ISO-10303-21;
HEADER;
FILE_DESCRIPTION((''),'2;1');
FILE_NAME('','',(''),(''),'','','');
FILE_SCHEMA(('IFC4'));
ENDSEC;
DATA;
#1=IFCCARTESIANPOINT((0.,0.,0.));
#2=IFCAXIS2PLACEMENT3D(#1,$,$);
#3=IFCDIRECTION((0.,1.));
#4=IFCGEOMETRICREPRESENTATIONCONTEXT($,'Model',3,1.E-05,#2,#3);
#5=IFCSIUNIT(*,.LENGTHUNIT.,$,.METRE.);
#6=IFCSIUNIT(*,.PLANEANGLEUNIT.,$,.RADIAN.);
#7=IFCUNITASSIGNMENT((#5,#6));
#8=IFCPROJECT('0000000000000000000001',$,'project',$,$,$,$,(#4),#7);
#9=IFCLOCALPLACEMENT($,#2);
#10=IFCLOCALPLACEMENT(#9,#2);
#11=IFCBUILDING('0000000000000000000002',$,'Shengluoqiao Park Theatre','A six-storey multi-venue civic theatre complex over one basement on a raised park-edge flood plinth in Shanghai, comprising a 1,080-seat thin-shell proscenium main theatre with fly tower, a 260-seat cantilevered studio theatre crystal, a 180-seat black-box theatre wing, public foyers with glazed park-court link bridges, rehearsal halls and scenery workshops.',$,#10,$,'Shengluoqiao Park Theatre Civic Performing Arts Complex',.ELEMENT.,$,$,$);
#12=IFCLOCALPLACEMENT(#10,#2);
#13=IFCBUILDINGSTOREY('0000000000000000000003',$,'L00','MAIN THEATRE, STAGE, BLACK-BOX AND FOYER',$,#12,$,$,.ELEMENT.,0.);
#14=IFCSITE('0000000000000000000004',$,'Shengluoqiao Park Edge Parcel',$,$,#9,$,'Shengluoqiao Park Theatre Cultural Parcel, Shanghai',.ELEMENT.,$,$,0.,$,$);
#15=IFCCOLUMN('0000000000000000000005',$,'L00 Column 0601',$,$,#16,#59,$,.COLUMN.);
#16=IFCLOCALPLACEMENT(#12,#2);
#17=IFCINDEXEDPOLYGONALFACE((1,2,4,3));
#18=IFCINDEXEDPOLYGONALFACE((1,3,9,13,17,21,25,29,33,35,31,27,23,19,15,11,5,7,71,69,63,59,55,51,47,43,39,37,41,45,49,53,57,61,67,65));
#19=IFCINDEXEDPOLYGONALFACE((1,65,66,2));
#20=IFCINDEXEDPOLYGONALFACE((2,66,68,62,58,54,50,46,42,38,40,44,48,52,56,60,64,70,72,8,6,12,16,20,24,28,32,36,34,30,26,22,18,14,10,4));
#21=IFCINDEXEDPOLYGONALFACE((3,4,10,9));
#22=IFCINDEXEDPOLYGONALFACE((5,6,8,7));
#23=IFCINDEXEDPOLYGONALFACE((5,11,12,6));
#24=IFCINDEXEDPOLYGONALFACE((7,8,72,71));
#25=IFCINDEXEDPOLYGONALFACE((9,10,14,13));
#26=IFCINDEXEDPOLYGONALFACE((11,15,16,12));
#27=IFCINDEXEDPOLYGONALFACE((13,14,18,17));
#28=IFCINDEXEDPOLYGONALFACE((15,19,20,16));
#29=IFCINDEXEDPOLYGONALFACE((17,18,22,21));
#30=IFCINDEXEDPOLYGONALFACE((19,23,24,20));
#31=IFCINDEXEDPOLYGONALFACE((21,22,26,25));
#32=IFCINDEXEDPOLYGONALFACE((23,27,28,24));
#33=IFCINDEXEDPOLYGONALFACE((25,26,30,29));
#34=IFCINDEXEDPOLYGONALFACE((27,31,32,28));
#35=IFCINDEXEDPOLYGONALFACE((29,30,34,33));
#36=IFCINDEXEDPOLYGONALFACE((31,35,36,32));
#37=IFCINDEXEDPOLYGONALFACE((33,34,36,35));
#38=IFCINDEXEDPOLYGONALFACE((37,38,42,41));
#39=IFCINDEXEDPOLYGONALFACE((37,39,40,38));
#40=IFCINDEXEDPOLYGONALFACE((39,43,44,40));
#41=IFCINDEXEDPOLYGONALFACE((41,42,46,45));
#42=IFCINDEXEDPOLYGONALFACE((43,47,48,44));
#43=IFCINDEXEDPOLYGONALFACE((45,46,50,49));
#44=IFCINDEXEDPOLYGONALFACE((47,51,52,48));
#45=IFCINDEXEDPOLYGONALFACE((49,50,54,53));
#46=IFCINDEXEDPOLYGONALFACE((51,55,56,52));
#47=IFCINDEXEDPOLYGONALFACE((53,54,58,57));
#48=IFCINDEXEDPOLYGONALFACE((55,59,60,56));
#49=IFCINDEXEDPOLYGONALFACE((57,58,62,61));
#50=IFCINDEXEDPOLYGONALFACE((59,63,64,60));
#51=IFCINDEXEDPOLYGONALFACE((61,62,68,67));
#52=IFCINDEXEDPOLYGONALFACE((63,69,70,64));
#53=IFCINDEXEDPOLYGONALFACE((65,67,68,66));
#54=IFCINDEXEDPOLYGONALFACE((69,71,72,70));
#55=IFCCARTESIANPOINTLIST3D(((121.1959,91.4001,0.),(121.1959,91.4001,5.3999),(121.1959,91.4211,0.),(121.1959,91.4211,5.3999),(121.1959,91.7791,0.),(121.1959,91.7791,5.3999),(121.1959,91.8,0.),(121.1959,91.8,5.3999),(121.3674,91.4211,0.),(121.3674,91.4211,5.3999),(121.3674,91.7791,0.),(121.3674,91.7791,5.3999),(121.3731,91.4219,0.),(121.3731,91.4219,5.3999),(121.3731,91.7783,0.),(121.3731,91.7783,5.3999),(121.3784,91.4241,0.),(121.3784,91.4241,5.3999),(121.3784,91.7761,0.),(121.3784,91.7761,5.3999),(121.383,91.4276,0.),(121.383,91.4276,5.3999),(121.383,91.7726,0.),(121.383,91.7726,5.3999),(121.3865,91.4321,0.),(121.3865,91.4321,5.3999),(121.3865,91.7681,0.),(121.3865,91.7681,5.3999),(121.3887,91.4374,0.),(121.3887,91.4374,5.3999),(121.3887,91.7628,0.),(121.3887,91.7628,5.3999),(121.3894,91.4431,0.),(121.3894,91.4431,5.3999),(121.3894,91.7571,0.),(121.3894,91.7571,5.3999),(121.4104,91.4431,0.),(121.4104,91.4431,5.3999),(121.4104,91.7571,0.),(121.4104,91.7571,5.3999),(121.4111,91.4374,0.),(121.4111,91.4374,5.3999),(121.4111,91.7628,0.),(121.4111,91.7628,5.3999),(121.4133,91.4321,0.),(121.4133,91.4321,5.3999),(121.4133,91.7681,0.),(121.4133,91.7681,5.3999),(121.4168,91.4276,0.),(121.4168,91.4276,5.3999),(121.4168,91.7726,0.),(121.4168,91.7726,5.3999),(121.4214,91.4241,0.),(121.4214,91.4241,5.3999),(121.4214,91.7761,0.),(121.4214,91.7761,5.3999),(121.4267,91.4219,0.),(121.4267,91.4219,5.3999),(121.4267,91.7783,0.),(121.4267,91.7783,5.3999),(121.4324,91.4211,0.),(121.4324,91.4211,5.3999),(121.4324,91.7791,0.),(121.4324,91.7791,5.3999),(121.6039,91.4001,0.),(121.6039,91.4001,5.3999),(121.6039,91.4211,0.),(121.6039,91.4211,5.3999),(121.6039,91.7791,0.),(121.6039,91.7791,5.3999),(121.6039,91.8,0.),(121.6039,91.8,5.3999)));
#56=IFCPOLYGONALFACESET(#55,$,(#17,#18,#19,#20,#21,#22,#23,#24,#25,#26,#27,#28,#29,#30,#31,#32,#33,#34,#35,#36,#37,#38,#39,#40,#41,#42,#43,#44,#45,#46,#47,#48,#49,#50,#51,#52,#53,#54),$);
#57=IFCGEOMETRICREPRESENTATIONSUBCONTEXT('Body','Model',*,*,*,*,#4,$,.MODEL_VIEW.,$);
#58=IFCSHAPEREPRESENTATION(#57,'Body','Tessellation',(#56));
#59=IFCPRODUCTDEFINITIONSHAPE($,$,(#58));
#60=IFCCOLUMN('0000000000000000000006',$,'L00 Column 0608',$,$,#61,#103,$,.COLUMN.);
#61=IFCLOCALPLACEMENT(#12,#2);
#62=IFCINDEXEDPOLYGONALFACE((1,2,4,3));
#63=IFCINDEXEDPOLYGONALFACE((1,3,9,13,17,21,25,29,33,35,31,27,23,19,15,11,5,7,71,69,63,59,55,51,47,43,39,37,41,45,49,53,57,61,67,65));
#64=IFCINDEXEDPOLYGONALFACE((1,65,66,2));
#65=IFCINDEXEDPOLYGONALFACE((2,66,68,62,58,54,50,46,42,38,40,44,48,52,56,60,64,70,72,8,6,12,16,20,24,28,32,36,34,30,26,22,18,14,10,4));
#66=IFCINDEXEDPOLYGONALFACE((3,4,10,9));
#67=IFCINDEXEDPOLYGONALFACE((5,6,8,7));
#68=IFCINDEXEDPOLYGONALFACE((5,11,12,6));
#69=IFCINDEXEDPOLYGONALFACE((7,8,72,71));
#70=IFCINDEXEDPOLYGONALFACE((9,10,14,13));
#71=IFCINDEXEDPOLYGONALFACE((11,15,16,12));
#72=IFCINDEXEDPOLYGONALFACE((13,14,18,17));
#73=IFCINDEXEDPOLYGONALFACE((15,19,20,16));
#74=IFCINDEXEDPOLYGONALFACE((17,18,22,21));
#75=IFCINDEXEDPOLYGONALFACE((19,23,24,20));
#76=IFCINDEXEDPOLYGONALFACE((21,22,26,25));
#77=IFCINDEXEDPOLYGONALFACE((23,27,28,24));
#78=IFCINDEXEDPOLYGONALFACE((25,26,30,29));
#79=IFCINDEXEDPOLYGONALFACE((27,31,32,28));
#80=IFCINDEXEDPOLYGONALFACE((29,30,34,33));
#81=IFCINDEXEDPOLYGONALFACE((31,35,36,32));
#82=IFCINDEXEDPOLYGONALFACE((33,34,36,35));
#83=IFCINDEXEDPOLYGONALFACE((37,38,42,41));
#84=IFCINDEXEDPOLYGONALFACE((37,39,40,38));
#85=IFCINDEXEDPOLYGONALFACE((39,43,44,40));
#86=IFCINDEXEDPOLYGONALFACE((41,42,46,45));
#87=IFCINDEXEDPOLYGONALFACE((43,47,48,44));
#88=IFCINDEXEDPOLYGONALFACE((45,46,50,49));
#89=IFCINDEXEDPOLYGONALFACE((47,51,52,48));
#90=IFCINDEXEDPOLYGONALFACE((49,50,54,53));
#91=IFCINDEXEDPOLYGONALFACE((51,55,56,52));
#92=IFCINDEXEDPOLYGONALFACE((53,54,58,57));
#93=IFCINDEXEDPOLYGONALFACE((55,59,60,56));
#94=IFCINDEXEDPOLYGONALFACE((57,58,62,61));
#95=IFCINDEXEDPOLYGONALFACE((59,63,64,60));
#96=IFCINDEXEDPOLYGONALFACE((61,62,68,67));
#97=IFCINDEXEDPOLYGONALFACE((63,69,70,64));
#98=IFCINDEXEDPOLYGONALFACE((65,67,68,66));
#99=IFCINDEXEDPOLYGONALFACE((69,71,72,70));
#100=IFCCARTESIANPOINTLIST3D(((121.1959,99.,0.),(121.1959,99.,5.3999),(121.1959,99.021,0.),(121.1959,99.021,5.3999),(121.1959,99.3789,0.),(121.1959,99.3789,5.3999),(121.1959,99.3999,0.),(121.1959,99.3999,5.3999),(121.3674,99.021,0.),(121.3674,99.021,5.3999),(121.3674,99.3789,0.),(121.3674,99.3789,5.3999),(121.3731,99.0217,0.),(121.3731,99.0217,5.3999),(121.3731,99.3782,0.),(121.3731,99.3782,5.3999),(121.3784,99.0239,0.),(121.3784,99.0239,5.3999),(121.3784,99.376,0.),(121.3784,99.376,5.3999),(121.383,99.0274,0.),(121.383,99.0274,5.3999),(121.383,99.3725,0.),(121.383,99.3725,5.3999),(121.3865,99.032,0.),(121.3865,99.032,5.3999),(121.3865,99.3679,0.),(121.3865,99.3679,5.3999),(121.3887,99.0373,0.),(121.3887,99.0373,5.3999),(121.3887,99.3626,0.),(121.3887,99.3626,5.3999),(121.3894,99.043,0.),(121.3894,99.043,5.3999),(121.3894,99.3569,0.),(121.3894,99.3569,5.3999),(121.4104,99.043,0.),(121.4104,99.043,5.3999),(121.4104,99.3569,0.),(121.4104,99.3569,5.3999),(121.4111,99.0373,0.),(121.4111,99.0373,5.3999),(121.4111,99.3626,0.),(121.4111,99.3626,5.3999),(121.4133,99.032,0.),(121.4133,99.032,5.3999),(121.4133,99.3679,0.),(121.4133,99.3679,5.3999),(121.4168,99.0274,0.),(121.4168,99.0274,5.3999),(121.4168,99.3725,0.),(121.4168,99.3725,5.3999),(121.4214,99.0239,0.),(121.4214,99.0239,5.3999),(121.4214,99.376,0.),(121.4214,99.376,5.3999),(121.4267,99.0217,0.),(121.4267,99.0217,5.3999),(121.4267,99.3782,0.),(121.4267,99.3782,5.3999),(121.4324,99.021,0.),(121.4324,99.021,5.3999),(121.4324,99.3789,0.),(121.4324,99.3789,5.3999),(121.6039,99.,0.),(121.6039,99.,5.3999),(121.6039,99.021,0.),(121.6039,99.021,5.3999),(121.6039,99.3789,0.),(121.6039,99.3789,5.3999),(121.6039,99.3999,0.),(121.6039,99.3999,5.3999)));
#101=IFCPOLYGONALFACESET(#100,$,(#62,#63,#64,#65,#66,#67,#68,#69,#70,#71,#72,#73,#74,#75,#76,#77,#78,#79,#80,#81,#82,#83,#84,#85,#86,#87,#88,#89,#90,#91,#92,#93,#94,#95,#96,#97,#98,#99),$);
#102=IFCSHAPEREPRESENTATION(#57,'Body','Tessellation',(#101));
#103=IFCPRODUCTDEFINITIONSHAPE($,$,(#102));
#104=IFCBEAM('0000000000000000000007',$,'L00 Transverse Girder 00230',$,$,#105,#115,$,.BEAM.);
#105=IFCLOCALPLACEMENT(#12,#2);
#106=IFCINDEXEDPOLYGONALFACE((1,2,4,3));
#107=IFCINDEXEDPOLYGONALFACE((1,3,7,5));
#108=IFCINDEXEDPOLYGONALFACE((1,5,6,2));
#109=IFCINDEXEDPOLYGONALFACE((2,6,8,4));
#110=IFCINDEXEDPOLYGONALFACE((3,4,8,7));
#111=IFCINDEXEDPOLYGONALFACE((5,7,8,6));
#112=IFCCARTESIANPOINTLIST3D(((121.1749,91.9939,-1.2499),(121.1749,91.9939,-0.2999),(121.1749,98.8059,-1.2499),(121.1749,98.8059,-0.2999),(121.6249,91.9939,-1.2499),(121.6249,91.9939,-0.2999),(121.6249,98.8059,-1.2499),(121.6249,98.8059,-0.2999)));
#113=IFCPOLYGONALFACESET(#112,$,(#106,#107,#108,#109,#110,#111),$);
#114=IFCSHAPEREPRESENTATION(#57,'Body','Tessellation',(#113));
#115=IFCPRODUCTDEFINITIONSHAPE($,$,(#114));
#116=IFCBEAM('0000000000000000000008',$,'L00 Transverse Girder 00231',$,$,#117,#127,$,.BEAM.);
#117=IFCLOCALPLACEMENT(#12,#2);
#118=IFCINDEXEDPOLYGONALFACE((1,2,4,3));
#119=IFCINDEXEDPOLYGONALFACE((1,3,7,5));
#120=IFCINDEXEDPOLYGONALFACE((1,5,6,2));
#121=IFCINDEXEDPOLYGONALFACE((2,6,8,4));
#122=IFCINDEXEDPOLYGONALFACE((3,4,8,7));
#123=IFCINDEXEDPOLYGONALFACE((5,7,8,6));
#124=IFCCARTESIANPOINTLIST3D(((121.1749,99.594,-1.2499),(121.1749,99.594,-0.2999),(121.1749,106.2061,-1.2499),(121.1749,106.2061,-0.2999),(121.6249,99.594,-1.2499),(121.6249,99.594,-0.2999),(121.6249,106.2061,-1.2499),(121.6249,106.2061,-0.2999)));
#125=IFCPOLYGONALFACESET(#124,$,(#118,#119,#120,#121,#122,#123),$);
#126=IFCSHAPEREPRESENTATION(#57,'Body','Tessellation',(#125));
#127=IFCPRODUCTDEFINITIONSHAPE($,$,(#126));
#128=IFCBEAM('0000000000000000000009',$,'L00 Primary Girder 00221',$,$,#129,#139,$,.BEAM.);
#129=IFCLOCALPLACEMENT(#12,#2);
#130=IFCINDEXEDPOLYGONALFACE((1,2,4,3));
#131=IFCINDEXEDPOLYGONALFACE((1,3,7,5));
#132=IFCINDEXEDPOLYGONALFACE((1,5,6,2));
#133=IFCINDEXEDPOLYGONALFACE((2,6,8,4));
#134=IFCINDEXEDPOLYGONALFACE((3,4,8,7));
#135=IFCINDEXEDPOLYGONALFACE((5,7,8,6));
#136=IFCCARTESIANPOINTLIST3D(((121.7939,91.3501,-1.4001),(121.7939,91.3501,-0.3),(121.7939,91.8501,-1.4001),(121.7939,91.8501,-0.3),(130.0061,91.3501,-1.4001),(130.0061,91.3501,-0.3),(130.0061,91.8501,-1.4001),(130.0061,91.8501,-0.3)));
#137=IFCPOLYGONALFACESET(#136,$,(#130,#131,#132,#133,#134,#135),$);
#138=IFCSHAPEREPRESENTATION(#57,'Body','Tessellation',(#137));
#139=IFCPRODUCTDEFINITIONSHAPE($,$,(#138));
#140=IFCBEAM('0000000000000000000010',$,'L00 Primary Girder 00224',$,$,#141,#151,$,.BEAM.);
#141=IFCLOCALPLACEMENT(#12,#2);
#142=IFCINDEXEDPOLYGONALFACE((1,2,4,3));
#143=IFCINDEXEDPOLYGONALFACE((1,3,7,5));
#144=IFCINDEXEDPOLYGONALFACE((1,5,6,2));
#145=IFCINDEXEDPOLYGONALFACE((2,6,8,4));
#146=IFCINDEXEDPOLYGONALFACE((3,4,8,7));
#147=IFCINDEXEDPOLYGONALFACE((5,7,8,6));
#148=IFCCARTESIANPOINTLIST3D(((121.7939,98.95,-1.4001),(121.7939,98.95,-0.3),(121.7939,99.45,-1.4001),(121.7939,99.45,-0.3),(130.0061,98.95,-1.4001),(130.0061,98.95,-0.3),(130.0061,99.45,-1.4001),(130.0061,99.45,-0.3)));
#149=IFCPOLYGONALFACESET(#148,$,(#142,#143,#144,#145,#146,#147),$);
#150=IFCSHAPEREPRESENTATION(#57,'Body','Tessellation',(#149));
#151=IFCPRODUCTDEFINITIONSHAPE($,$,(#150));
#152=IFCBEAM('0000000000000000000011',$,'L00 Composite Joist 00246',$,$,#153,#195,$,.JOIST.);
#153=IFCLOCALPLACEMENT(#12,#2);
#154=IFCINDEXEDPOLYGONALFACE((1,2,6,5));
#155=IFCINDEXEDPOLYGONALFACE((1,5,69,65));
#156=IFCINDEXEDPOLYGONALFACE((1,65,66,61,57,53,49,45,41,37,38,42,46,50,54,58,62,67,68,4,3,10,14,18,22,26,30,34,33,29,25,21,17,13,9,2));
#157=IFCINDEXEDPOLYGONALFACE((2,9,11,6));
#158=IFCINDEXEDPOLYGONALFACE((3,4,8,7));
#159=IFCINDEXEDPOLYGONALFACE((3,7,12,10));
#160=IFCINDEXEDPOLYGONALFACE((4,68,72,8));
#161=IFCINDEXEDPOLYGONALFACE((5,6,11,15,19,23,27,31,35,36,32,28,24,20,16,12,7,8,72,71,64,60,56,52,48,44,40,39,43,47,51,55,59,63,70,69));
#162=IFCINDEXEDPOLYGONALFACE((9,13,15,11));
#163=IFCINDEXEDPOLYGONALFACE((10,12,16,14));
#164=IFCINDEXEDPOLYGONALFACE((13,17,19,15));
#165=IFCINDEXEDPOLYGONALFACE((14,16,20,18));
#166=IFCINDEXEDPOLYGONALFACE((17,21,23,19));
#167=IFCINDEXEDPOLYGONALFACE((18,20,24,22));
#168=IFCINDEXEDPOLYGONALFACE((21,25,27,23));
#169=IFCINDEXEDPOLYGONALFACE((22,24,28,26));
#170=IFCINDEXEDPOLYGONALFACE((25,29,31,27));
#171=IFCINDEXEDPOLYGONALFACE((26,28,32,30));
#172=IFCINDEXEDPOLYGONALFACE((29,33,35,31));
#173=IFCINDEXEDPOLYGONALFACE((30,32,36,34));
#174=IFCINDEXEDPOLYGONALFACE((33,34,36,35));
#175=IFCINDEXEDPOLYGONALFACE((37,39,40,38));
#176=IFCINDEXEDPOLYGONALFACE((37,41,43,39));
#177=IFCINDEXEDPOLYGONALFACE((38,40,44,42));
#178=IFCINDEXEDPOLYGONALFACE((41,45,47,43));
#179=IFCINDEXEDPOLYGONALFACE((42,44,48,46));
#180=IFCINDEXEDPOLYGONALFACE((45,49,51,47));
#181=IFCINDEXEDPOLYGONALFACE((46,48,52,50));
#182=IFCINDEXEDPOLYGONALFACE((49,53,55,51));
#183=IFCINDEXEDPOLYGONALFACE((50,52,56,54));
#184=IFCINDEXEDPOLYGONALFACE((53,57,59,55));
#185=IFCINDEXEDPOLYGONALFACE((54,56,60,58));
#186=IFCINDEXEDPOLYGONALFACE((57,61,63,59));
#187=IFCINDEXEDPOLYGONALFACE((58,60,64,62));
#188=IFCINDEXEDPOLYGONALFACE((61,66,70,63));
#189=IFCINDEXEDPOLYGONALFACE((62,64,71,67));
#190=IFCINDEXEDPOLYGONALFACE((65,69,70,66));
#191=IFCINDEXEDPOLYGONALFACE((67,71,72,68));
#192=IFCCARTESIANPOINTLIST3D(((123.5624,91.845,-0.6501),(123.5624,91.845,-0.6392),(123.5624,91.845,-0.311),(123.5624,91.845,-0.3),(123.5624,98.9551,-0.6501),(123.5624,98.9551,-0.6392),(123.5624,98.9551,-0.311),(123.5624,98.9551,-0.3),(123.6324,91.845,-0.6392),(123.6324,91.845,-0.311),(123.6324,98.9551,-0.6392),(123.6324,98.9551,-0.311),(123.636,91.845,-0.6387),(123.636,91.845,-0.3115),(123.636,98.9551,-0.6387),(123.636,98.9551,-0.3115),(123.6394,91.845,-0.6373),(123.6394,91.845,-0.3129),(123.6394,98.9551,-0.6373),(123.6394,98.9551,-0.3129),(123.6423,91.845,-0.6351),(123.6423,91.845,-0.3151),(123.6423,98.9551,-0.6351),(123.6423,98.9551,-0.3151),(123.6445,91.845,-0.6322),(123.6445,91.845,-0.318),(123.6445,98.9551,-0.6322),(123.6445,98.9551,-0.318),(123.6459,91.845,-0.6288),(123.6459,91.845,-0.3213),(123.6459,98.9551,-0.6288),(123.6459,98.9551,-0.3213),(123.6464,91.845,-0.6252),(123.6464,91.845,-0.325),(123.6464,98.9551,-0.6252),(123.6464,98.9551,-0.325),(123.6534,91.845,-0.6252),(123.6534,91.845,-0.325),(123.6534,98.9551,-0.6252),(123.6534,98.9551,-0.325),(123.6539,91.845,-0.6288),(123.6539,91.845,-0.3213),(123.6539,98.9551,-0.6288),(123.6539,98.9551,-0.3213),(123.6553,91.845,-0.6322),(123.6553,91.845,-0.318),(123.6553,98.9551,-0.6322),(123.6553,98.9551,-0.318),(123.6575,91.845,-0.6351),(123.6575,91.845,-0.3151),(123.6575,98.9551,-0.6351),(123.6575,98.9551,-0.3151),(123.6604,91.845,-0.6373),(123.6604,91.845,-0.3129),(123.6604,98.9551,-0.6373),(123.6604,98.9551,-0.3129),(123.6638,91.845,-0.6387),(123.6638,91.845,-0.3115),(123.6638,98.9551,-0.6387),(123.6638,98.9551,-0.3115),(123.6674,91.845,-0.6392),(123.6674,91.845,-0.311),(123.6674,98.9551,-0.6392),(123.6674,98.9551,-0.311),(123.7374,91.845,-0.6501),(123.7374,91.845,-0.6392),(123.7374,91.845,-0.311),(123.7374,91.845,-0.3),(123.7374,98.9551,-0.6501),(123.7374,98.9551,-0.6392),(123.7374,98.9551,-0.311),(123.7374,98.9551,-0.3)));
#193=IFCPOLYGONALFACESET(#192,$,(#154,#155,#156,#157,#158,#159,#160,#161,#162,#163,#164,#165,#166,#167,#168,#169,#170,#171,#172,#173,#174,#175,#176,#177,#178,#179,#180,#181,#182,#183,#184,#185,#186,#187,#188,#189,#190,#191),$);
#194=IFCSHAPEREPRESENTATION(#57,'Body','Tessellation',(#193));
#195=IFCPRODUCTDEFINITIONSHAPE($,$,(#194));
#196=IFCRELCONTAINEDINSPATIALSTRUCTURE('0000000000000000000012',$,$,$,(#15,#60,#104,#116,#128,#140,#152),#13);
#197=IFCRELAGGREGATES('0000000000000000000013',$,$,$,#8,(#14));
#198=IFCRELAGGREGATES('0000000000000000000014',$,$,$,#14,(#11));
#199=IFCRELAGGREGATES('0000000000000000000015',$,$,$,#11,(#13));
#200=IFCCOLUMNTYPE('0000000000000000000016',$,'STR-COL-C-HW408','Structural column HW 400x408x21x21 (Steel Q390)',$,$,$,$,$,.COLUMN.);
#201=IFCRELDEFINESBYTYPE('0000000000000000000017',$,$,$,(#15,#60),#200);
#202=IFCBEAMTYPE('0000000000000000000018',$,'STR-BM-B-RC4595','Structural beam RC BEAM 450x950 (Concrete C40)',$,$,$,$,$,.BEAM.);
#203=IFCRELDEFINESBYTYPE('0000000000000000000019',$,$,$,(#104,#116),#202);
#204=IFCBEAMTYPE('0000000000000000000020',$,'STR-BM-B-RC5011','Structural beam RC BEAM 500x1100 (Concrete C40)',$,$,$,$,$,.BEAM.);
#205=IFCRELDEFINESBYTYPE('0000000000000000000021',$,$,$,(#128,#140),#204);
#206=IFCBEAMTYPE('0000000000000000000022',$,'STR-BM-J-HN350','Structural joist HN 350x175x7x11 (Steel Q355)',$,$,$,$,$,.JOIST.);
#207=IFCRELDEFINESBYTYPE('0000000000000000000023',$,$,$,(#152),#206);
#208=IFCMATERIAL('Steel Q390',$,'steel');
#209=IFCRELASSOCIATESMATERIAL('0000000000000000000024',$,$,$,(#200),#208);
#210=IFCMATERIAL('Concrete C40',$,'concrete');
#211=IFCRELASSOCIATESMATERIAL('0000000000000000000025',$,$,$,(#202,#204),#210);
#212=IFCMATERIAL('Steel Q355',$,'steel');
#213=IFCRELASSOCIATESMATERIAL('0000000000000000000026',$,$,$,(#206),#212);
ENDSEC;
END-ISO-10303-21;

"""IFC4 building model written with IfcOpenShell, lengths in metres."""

from ifc_helpers import new_model, si_unit, direction, frame, origin, origin_2d, place, context, subcontext, project, spatial, rectangle, i_section, extrude, material, material_profile, profile_set, type_object, element, save


model = new_model("IFC4")

# Units and contexts
model_context = context("Model", 3, precision=1e-05, world=origin(), true_north=direction((0.0, 1.0)))
body_context = subcontext(model_context, "Body", "Model", "MODEL_VIEW")
ifc_project = project(units=[si_unit("LENGTHUNIT", "METRE"), si_unit("PLANEANGLEUNIT", "RADIAN")], contexts=[model_context])

# Site, building, storey
site_placement = place(None, origin())
site = spatial("IfcSite", under=ifc_project, at=site_placement, Name="Shengluoqiao Park Edge Parcel", LongName="Shengluoqiao Park Theatre Cultural Parcel, Shanghai", CompositionType="ELEMENT", RefElevation=0.0)
building_placement = place(site_placement, origin())
building = spatial("IfcBuilding", under=site, at=building_placement, Name="Shengluoqiao Park Theatre", Description="A six-storey multi-venue civic theatre complex over one basement on a raised park-edge flood plinth in Shanghai, comprising a 1,080-seat thin-shell proscenium main theatre with fly tower, a 260-seat cantilevered studio theatre crystal, a 180-seat black-box theatre wing, public foyers with glazed park-court link bridges, rehearsal halls and scenery workshops.", LongName="Shengluoqiao Park Theatre Civic Performing Arts Complex", CompositionType="ELEMENT")
storey_placement = place(building_placement, origin())
storey = spatial("IfcBuildingStorey", under=building, at=storey_placement, Name="L00", Description="MAIN THEATRE, STAGE, BLACK-BOX AND FOYER", CompositionType="ELEMENT", Elevation=0.0)

# Columns
ifc_material_1 = material(Name="Steel Q390", Category="steel")
ifc_material_profile_1 = material_profile(ifc_material_1, i_section(OverallWidth=0.408, OverallDepth=0.3999, WebThickness=0.021, FlangeThickness=0.021, FilletRadius=0.022, at=origin_2d()), Name="HW 400x408x21x21")
ifc_profile_set_1 = profile_set([ifc_material_profile_1], Name="Steel Q390")
column_type = type_object("IfcColumnType", Name="STR-COL-C-HW408", Description="Structural column HW 400x408x21x21 (Steel Q390)", PredefinedType="COLUMN", material=ifc_profile_set_1)
for number, where, z_axis, x_axis, name in (
    (1, (121.3999, 91.6001, 0.0), (0.0, 0.0, 1.0), (1.0, 0.0, 0.0), "L00 Column 0601"),
    (2, (121.3999, 99.2, 0.0), (0.0, 0.0, 1.0), (1.0, 0.0, 0.0), "L00 Column 0608"),
):
    element("IfcColumn", number, at=place(storey_placement, frame(where, z_axis=z_axis, x_axis=x_axis)), inside=storey, type_object=column_type, Name=name, PredefinedType="COLUMN", context=body_context, shape_type="SweptSolid", body=[
        extrude(i_section(OverallWidth=0.408, OverallDepth=0.3999, WebThickness=0.021, FlangeThickness=0.021, FilletRadius=0.022, at=origin_2d()), origin(), (0.0, 0.0, 1.0), 5.3999),
    ])

# Beams
ifc_material_2 = material(Name="Concrete C40", Category="concrete")
ifc_material_profile_2 = material_profile(ifc_material_2, rectangle(XDim=0.45, YDim=0.95, at=origin_2d()), Name="RC BEAM 450x950")
ifc_profile_set_2 = profile_set([ifc_material_profile_2], Name="Concrete C40")
beam_type_1 = type_object("IfcBeamType", Name="STR-BM-B-RC4595", Description="Structural beam RC BEAM 450x950 (Concrete C40)", PredefinedType="BEAM", material=ifc_profile_set_2)
beam_1_placement = place(storey_placement, frame((121.3999, 91.9939, -0.7749), z_axis=(0.0, 1.0, 0.0), x_axis=(-1.0, 0.0, 0.0)))
element("IfcBeam", 3, at=beam_1_placement, inside=storey, type_object=beam_type_1, Name="L00 Transverse Girder 00230", PredefinedType="BEAM", context=body_context, shape_type="SweptSolid", body=[
    extrude(rectangle(XDim=0.45, YDim=0.95, at=origin_2d()), origin(), (0.0, 0.0, 1.0), 6.812),
])
beam_2_placement = place(storey_placement, frame((121.3999, 99.594, -0.7749), z_axis=(0.0, 1.0, 0.0), x_axis=(-1.0, 0.0, 0.0)))
element("IfcBeam", 4, at=beam_2_placement, inside=storey, type_object=beam_type_1, Name="L00 Transverse Girder 00231", PredefinedType="BEAM", context=body_context, shape_type="SweptSolid", body=[
    extrude(rectangle(XDim=0.45, YDim=0.95, at=origin_2d()), origin(), (0.0, 0.0, 1.0), 6.6121),
])
ifc_material_profile_3 = material_profile(ifc_material_2, rectangle(XDim=0.5, YDim=1.1001, at=origin_2d()), Name="RC BEAM 500x1100")
ifc_profile_set_3 = profile_set([ifc_material_profile_3], Name="Concrete C40")
beam_type_2 = type_object("IfcBeamType", Name="STR-BM-B-RC5011", Description="Structural beam RC BEAM 500x1100 (Concrete C40)", PredefinedType="BEAM", material=ifc_profile_set_3)
for number, where, z_axis, x_axis, name in (
    (5, (121.7939, 91.6001, -0.8501), (1.0, 0.0, 0.0), (0.0, 1.0, 0.0), "L00 Primary Girder 00221"),
    (6, (121.7939, 99.2, -0.8501), (1.0, 0.0, 0.0), (0.0, 1.0, 0.0), "L00 Primary Girder 00224"),
):
    element("IfcBeam", number, at=place(storey_placement, frame(where, z_axis=z_axis, x_axis=x_axis)), inside=storey, type_object=beam_type_2, Name=name, PredefinedType="BEAM", context=body_context, shape_type="SweptSolid", body=[
        extrude(rectangle(XDim=0.5, YDim=1.1001, at=origin_2d()), origin(), (0.0, 0.0, 1.0), 8.2122),
    ])
ifc_material_3 = material(Name="Steel Q355", Category="steel")
ifc_material_profile_4 = material_profile(ifc_material_3, i_section(OverallWidth=0.175, OverallDepth=0.3501, WebThickness=0.0071, FlangeThickness=0.011, FilletRadius=0.0139, at=origin_2d()), Name="HN 350x175x7x11")
ifc_profile_set_4 = profile_set([ifc_material_profile_4], Name="Steel Q355")
beam_type_3 = type_object("IfcBeamType", Name="STR-BM-J-HN350", Description="Structural joist HN 350x175x7x11 (Steel Q355)", PredefinedType="JOIST", material=ifc_profile_set_4)
for number, where, z_axis, x_axis, name in (
    (7, (123.6499, 91.845, -0.4751), (0.0, 1.0, 0.0), (-1.0, 0.0, 0.0), "L00 Composite Joist 00246"),
):
    element("IfcBeam", number, at=place(storey_placement, frame(where, z_axis=z_axis, x_axis=x_axis)), inside=storey, type_object=beam_type_3, Name=name, PredefinedType="JOIST", context=body_context, shape_type="SweptSolid", body=[
        extrude(i_section(OverallWidth=0.175, OverallDepth=0.3501, WebThickness=0.0071, FlangeThickness=0.011, FilletRadius=0.0139, at=origin_2d()), origin(), (0.0, 0.0, 1.0), 7.1101),
    ])

save(model, "model.ifc")
